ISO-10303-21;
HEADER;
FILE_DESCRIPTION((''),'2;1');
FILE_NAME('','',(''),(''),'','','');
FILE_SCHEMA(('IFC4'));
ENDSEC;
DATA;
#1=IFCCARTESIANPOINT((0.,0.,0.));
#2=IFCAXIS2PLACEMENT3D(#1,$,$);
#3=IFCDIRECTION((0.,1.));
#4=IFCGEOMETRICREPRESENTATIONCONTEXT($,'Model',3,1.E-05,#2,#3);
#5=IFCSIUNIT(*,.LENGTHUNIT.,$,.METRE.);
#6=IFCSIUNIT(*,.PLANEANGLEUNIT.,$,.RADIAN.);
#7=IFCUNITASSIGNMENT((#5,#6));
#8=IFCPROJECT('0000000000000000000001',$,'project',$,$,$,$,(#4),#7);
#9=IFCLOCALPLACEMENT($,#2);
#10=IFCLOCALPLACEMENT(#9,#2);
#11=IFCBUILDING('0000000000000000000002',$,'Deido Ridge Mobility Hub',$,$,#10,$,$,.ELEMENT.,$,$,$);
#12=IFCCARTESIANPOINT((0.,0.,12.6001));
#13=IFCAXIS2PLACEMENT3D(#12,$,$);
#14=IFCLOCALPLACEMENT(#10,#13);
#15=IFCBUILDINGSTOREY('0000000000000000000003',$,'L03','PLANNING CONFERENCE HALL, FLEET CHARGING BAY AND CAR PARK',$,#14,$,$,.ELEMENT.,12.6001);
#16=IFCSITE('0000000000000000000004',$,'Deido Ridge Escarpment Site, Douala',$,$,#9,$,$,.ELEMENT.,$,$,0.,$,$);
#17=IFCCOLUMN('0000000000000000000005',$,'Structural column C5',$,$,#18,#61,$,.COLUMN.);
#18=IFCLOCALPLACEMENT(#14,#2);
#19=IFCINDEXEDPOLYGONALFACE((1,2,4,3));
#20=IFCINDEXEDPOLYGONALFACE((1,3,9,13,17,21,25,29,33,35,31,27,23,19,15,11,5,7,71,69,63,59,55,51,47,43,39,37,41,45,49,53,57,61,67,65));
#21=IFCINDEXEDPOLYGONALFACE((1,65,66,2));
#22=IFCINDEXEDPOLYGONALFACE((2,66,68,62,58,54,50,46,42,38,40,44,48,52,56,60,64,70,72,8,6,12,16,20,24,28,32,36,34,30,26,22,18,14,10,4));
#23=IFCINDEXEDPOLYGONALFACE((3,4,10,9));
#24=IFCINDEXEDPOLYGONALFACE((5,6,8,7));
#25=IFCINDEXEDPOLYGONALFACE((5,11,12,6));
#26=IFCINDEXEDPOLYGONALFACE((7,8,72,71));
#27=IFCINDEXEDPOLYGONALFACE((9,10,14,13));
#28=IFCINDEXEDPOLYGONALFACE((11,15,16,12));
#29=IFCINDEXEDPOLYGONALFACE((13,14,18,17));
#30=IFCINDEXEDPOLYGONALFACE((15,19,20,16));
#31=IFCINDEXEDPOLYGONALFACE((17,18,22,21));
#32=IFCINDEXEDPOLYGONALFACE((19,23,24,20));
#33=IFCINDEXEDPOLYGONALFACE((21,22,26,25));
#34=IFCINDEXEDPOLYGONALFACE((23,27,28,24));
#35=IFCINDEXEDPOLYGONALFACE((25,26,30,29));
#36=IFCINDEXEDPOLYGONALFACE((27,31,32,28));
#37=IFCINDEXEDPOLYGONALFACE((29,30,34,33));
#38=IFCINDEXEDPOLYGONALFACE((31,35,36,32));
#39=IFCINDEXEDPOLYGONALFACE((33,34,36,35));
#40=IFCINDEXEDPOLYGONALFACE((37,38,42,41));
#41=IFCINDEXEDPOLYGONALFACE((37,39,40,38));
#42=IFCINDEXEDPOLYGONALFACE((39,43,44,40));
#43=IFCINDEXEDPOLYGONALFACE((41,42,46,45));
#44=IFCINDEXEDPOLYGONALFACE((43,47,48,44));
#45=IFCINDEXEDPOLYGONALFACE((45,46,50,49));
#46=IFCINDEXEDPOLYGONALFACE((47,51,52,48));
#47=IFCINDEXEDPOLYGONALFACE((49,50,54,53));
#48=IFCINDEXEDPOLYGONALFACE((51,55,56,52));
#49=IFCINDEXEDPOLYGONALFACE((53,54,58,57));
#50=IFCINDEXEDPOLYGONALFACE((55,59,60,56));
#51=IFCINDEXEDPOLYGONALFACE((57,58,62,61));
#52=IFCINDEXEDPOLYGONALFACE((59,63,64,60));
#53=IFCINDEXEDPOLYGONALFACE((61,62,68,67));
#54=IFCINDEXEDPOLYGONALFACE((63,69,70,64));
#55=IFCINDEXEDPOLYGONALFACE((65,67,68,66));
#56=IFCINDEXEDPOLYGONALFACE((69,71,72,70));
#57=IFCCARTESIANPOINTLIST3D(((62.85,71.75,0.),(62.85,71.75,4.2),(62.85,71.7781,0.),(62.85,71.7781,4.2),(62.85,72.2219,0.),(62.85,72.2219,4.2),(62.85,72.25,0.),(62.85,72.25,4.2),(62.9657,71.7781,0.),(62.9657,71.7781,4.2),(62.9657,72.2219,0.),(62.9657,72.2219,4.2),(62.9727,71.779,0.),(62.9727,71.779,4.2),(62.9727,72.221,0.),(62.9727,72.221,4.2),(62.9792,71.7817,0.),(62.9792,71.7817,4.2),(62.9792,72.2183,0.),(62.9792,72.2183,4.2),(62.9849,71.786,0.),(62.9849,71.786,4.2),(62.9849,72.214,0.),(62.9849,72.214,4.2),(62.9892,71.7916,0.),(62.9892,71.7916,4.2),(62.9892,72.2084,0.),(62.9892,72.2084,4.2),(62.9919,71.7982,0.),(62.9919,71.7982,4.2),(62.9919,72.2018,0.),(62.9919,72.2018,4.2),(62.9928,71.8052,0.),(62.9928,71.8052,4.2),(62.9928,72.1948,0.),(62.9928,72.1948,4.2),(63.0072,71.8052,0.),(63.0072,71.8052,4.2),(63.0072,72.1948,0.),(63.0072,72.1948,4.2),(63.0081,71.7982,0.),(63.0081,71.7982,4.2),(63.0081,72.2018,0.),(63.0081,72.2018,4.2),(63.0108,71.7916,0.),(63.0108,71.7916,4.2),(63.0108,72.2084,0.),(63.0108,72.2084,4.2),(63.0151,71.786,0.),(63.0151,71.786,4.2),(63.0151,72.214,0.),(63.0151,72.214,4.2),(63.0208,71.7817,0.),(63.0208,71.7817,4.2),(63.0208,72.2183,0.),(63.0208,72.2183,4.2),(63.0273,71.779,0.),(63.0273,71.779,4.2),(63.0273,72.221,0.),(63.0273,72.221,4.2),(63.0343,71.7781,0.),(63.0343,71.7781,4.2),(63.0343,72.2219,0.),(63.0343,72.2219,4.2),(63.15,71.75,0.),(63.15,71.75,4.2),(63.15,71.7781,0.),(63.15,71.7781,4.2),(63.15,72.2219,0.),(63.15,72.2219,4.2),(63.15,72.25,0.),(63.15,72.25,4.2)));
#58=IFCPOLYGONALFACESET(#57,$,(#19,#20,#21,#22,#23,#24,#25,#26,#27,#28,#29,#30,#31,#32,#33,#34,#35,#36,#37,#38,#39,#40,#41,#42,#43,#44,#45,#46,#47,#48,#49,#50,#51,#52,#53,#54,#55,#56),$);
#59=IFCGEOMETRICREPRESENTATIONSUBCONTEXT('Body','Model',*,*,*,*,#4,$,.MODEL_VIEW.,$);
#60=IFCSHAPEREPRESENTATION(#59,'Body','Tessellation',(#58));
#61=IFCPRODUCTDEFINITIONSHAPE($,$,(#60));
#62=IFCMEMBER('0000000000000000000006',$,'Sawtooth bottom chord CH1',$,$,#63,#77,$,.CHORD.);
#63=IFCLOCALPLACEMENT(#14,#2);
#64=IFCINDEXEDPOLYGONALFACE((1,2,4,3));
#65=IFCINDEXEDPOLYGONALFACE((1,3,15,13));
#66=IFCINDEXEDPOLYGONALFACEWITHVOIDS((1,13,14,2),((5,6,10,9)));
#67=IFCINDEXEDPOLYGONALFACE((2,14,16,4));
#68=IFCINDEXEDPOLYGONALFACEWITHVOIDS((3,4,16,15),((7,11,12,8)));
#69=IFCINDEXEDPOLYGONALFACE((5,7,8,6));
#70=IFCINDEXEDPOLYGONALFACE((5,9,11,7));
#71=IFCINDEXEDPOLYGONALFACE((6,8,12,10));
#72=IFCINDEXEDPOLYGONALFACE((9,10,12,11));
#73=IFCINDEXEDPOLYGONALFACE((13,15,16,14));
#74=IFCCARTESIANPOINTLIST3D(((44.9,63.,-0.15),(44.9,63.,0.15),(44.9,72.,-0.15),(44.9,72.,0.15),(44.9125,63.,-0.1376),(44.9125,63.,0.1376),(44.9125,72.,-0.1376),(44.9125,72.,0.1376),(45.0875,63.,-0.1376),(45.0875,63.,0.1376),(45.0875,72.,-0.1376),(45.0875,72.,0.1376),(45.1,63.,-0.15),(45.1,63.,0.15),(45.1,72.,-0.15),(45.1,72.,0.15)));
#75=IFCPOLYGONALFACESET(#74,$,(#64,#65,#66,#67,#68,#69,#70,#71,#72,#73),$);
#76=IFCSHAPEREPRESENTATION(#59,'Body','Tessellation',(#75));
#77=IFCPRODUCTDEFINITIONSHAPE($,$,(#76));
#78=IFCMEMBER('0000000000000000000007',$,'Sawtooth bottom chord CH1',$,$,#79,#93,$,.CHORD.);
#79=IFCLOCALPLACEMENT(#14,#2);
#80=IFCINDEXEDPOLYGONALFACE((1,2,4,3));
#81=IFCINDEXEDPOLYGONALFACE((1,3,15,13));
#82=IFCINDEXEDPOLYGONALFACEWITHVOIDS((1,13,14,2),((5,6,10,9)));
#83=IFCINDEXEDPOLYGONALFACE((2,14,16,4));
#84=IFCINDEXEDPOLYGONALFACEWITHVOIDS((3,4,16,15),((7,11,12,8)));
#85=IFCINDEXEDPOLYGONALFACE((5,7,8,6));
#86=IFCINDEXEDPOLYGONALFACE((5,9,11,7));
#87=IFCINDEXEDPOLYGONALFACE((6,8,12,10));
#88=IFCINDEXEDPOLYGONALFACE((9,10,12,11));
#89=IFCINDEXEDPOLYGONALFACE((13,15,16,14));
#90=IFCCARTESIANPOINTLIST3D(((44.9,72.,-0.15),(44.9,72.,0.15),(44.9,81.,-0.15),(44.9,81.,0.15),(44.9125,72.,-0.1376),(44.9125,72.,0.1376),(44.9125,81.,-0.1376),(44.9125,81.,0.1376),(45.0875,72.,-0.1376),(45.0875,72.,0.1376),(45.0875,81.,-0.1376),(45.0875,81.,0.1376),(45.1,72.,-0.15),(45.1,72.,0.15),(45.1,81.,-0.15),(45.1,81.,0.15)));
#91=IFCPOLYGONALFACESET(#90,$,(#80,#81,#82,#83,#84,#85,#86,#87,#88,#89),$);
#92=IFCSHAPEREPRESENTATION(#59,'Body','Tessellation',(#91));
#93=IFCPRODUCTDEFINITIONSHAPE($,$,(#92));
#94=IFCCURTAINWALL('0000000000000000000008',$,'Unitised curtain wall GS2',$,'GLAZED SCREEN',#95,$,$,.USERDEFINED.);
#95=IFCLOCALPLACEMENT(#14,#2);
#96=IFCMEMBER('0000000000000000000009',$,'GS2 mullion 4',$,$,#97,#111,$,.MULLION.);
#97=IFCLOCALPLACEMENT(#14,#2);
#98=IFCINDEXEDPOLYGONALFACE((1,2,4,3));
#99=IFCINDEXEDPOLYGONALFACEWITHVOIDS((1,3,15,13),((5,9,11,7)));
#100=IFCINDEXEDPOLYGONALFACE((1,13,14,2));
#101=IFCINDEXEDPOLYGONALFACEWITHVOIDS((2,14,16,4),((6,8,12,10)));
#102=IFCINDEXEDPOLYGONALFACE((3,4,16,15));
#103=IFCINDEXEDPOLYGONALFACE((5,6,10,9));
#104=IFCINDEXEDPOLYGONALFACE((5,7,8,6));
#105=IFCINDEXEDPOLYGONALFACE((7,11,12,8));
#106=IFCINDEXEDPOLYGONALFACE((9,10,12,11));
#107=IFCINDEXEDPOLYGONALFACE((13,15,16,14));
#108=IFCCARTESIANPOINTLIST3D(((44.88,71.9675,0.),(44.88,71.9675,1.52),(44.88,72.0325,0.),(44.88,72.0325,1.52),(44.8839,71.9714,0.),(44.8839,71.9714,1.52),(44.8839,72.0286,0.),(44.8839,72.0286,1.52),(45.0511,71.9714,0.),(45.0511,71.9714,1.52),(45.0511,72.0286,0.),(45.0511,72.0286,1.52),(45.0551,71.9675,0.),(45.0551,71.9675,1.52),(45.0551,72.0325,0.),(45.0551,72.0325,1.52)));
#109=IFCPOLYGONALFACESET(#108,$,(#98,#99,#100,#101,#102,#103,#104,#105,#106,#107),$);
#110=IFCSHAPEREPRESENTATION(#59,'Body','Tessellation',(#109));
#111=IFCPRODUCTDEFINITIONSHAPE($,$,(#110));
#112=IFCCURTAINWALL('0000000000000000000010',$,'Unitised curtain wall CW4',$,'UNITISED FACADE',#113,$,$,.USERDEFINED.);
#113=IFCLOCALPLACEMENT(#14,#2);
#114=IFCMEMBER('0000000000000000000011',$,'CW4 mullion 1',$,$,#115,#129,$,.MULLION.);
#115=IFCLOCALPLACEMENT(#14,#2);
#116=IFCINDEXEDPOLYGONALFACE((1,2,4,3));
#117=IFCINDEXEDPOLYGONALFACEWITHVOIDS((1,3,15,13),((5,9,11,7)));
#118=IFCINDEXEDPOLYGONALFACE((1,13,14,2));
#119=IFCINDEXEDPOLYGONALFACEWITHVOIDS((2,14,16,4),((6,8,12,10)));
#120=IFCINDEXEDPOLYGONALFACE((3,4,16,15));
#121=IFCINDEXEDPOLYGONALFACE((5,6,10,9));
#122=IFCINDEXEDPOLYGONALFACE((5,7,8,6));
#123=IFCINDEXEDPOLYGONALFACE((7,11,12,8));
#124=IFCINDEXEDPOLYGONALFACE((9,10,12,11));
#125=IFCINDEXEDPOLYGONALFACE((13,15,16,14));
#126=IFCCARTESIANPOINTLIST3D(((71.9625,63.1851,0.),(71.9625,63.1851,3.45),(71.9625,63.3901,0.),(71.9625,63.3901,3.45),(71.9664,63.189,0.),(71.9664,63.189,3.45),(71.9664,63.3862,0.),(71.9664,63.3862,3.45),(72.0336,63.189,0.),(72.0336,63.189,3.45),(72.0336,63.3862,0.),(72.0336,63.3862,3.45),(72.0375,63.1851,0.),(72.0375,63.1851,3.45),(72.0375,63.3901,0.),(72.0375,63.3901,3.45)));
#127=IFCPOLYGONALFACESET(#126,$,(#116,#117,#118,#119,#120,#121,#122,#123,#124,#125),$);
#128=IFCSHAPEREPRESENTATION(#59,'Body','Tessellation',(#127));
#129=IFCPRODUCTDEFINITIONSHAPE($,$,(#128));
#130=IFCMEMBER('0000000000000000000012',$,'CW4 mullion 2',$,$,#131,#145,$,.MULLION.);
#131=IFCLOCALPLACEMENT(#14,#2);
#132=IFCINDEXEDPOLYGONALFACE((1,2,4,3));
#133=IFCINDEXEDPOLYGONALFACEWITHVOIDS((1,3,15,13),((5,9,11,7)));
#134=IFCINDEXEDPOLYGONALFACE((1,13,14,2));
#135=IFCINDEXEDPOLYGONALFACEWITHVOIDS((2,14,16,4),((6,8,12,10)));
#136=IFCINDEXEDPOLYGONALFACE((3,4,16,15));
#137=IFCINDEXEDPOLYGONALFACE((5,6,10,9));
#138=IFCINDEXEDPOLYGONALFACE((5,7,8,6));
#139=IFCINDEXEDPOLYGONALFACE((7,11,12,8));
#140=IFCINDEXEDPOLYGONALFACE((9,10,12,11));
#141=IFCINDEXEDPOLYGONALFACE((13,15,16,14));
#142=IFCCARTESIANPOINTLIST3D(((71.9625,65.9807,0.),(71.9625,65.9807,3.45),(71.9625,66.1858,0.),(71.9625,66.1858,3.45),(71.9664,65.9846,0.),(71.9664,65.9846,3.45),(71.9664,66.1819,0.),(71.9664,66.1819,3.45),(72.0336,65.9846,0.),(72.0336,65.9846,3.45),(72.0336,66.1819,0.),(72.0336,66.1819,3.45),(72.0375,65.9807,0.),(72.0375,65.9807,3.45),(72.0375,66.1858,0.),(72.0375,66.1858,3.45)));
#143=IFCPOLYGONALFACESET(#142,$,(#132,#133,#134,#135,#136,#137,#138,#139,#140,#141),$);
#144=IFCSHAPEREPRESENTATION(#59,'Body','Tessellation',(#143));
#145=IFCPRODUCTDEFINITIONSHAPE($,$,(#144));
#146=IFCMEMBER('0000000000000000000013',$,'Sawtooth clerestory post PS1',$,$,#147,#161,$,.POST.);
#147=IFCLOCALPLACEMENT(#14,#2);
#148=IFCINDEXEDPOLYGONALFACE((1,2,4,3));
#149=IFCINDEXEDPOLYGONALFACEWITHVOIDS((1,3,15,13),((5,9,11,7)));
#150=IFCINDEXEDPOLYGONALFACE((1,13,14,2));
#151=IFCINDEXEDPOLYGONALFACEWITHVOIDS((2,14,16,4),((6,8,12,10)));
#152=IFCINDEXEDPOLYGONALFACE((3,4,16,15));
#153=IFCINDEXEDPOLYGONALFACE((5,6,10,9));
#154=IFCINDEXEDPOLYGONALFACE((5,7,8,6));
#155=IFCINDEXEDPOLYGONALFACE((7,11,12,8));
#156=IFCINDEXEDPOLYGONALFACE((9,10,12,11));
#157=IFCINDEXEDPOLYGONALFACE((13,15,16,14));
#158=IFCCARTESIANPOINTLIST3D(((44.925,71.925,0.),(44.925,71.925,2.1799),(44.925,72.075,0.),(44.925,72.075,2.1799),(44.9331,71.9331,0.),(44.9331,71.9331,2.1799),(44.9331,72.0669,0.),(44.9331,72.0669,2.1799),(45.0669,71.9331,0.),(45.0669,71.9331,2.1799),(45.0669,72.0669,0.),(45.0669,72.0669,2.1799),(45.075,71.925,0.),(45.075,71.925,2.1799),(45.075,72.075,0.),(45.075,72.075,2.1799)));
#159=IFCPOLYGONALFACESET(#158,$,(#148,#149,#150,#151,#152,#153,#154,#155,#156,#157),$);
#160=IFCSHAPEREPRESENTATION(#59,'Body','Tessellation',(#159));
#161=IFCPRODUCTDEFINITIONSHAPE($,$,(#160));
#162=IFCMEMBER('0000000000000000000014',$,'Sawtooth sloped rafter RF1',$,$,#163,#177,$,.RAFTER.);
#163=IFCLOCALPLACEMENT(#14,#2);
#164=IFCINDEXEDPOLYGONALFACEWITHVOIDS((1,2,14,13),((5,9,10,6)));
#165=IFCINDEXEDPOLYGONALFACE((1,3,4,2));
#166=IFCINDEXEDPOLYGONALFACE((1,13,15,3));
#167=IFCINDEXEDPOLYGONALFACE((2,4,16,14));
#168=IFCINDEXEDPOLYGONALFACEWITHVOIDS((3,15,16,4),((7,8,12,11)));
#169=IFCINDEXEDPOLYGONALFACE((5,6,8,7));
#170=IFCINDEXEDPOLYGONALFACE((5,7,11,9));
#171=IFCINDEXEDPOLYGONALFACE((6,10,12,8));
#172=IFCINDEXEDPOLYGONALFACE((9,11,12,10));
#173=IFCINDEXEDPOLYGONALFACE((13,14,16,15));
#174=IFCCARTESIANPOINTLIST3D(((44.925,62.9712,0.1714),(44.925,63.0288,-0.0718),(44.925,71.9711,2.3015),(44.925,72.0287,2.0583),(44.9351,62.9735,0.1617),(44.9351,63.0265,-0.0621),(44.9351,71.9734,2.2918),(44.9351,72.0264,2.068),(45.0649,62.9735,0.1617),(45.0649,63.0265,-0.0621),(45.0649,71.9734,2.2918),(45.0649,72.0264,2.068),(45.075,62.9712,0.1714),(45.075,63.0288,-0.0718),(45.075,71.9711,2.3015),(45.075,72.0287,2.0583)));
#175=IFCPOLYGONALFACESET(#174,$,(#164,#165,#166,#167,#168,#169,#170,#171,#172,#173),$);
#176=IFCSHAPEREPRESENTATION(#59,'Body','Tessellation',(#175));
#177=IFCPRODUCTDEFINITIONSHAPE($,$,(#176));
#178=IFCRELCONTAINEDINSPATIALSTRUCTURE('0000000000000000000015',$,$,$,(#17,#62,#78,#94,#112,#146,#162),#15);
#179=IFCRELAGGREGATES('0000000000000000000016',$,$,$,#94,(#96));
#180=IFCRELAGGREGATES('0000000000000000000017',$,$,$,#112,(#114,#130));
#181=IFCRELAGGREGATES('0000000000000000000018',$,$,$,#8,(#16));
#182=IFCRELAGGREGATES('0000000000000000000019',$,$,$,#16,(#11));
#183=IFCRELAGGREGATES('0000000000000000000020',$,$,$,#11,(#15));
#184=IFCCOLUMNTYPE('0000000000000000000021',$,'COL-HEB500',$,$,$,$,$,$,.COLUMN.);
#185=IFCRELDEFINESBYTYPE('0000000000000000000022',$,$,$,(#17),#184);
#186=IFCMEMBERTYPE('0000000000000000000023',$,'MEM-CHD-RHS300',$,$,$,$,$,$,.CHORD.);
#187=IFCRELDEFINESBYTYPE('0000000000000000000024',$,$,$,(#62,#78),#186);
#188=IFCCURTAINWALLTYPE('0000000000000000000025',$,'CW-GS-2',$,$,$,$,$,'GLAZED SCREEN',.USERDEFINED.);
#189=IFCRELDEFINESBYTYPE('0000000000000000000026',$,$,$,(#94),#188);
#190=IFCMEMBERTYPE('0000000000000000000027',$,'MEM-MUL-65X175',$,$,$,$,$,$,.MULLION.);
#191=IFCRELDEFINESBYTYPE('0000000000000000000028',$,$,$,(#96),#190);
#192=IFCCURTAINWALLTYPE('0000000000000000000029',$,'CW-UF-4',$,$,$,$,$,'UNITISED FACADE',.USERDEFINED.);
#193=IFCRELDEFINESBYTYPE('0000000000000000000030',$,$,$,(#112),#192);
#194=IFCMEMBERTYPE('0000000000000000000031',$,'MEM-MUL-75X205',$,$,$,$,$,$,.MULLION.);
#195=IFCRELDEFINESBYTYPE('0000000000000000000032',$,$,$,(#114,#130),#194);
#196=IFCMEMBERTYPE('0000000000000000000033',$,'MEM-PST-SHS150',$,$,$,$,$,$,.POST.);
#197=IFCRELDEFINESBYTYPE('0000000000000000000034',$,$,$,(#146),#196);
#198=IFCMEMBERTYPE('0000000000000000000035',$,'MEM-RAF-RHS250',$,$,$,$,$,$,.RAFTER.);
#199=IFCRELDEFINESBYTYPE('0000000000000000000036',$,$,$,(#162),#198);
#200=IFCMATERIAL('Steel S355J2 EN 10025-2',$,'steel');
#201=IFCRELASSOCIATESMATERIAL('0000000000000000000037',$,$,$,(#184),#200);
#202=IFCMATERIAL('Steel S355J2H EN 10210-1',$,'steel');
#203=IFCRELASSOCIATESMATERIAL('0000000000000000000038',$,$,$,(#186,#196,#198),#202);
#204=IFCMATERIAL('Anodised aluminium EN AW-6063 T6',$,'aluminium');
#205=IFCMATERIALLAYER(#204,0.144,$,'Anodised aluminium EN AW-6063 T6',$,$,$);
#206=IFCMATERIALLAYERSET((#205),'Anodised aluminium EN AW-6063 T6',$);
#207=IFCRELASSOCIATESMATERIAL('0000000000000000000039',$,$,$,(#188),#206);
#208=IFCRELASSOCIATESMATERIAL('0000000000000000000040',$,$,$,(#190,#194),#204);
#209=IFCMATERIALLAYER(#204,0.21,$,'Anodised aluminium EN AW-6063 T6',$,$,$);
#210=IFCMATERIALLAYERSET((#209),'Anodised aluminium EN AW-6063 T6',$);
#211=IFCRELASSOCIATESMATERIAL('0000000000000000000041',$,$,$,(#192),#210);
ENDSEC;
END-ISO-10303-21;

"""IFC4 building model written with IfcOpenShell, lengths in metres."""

from ifc_helpers import new_model, si_unit, direction, frame, origin, origin_2d, place, context, subcontext, project, spatial, hollow_rectangle, i_section, extrude, material, layer, layer_set, material_profile, profile_set, type_object, element, aggregate, save


model = new_model("IFC4")

# Units and contexts
model_context = context("Model", 3, precision=1e-05, world=origin(), true_north=direction((0.0, 1.0)))
body_context = subcontext(model_context, "Body", "Model", "MODEL_VIEW")
ifc_project = project(units=[si_unit("LENGTHUNIT", "METRE"), si_unit("PLANEANGLEUNIT", "RADIAN")], contexts=[model_context])

# Site, building, storey
site_placement = place(None, origin())
site = spatial("IfcSite", under=ifc_project, at=site_placement, Name="Deido Ridge Escarpment Site, Douala", CompositionType="ELEMENT", RefElevation=0.0)
building_placement = place(site_placement, origin())
building = spatial("IfcBuilding", under=site, at=building_placement, Name="Deido Ridge Mobility Hub", CompositionType="ELEMENT")
storey_placement = place(building_placement, frame((0.0, 0.0, 12.6001)))
storey = spatial("IfcBuildingStorey", under=building, at=storey_placement, Name="L03", Description="PLANNING CONFERENCE HALL, FLEET CHARGING BAY AND CAR PARK", CompositionType="ELEMENT", Elevation=12.6001)

# Column
ifc_material_1 = material(Name="Steel S355J2 EN 10025-2", Category="steel")
ifc_material_profile_1 = material_profile(ifc_material_1, i_section(OverallWidth=0.3, OverallDepth=0.5, WebThickness=0.0144, FlangeThickness=0.0281, FilletRadius=0.0271, at=origin_2d()), Name="HEB 500")
ifc_profile_set_1 = profile_set([ifc_material_profile_1], Name="Steel S355J2 EN 10025-2")
column_type = type_object("IfcColumnType", Name="COL-HEB500", PredefinedType="COLUMN", material=ifc_profile_set_1)
for number, where, z_axis, x_axis, name in (
    (1, (63.0, 72.0, 0.0), (0.0, 0.0, 1.0), (1.0, 0.0, 0.0), "Structural column C5"),
):
    element("IfcColumn", number, at=place(storey_placement, frame(where, z_axis=z_axis, x_axis=x_axis)), inside=storey, type_object=column_type, Name=name, PredefinedType="COLUMN", context=body_context, shape_type="SweptSolid", body=[
        extrude(i_section(OverallWidth=0.3, OverallDepth=0.5, WebThickness=0.0144, FlangeThickness=0.0281, FilletRadius=0.0271, at=origin_2d()), origin(), (0.0, 0.0, 1.0), 4.2),
    ])

# Members
ifc_material_2 = material(Name="Steel S355J2H EN 10210-1", Category="steel")
ifc_material_profile_2 = material_profile(ifc_material_2, hollow_rectangle(XDim=0.2, YDim=0.3, WallThickness=0.0125, at=origin_2d()), Name="RHS 300x200x12.5")
ifc_profile_set_2 = profile_set([ifc_material_profile_2], Name="Steel S355J2H EN 10210-1")
member_type_1 = type_object("IfcMemberType", Name="MEM-CHD-RHS300", PredefinedType="CHORD", material=ifc_profile_set_2)
for number, where, z_axis, x_axis, name in (
    (2, (45.0, 63.0, 0.0), (0.0, 1.0, 0.0), (-1.0, 0.0, 0.0), "Sawtooth bottom chord CH1"),
    (3, (45.0, 72.0, 0.0), (0.0, 1.0, 0.0), (-1.0, 0.0, 0.0), "Sawtooth bottom chord CH1"),
):
    element("IfcMember", number, at=place(storey_placement, frame(where, z_axis=z_axis, x_axis=x_axis)), inside=storey, type_object=member_type_1, Name=name, PredefinedType="CHORD", context=body_context, shape_type="SweptSolid", body=[
        extrude(hollow_rectangle(XDim=0.2, YDim=0.3, WallThickness=0.0125, at=origin_2d()), origin(), (0.0, 0.0, 1.0), 9.0),
    ])

# Curtain wall, member
ifc_material_3 = material(Name="Anodised aluminium EN AW-6063 T6", Category="aluminium")
ifc_layer_1 = layer(ifc_material_3, 0.144, Name="Anodised aluminium EN AW-6063 T6")
ifc_layer_set_1 = layer_set([ifc_layer_1], Name="Anodised aluminium EN AW-6063 T6")
curtain_wall_type_1 = type_object("IfcCurtainWallType", Name="CW-GS-2", ElementType="GLAZED SCREEN", PredefinedType="USERDEFINED", material=ifc_layer_set_1)
curtain_wall_1_placement = place(storey_placement, origin())
curtain_wall_1 = element("IfcCurtainWall", 4, at=curtain_wall_1_placement, inside=storey, type_object=curtain_wall_type_1, Name="Unitised curtain wall GS2", ObjectType="GLAZED SCREEN", PredefinedType="USERDEFINED")
ifc_material_profile_3 = material_profile(ifc_material_3, hollow_rectangle(XDim=0.0649, YDim=0.175, WallThickness=0.0039, at=origin_2d()), Name="RHS 65x175x4")
ifc_profile_set_3 = profile_set([ifc_material_profile_3], Name="Anodised aluminium EN AW-6063 T6")
member_type_2 = type_object("IfcMemberType", Name="MEM-MUL-65X175", PredefinedType="MULLION", material=ifc_profile_set_3)
member_1_placement = place(storey_placement, frame((44.9675, 72.0, 0.0), z_axis=(0.0, 0.0, 1.0), x_axis=(0.0, 1.0, 0.0)))
member_1 = element("IfcMember", 5, at=member_1_placement, type_object=member_type_2, Name="GS2 mullion 4", PredefinedType="MULLION", context=body_context, shape_type="SweptSolid", body=[
    extrude(hollow_rectangle(XDim=0.0649, YDim=0.175, WallThickness=0.0039, at=origin_2d()), origin(), (0.0, 0.0, 1.0), 1.52),
])
aggregate(curtain_wall_1, [member_1])

# Curtain wall, members
ifc_layer_2 = layer(ifc_material_3, 0.21, Name="Anodised aluminium EN AW-6063 T6")
ifc_layer_set_2 = layer_set([ifc_layer_2], Name="Anodised aluminium EN AW-6063 T6")
curtain_wall_type_2 = type_object("IfcCurtainWallType", Name="CW-UF-4", ElementType="UNITISED FACADE", PredefinedType="USERDEFINED", material=ifc_layer_set_2)
curtain_wall_2_placement = place(storey_placement, origin())
curtain_wall_2 = element("IfcCurtainWall", 6, at=curtain_wall_2_placement, inside=storey, type_object=curtain_wall_type_2, Name="Unitised curtain wall CW4", ObjectType="UNITISED FACADE", PredefinedType="USERDEFINED")
ifc_material_profile_4 = material_profile(ifc_material_3, hollow_rectangle(XDim=0.075, YDim=0.2051, WallThickness=0.0039, at=origin_2d()), Name="RHS 75x205x4")
ifc_profile_set_4 = profile_set([ifc_material_profile_4], Name="Anodised aluminium EN AW-6063 T6")
member_type_3 = type_object("IfcMemberType", Name="MEM-MUL-75X205", PredefinedType="MULLION", material=ifc_profile_set_4)
member_2_placement = place(storey_placement, frame((72.0, 63.2876, 0.0), z_axis=(0.0, 0.0, 1.0), x_axis=(-1.0, 0.0, 0.0)))
member_2 = element("IfcMember", 7, at=member_2_placement, type_object=member_type_3, Name="CW4 mullion 1", PredefinedType="MULLION", context=body_context, shape_type="SweptSolid", body=[
    extrude(hollow_rectangle(XDim=0.075, YDim=0.2051, WallThickness=0.0039, at=origin_2d()), origin(), (0.0, 0.0, 1.0), 3.45),
])
member_3_placement = place(storey_placement, frame((72.0, 66.0833, 0.0), z_axis=(0.0, 0.0, 1.0), x_axis=(-1.0, 0.0, 0.0)))
member_3 = element("IfcMember", 8, at=member_3_placement, type_object=member_type_3, Name="CW4 mullion 2", PredefinedType="MULLION", context=body_context, shape_type="SweptSolid", body=[
    extrude(hollow_rectangle(XDim=0.075, YDim=0.2051, WallThickness=0.0039, at=origin_2d()), origin(), (0.0, 0.0, 1.0), 3.45),
])

# Members
ifc_material_profile_5 = material_profile(ifc_material_2, hollow_rectangle(XDim=0.1499, YDim=0.1499, WallThickness=0.0081, at=origin_2d()), Name="SHS 150x150x8")
ifc_profile_set_5 = profile_set([ifc_material_profile_5], Name="Steel S355J2H EN 10210-1")
member_type_4 = type_object("IfcMemberType", Name="MEM-PST-SHS150", PredefinedType="POST", material=ifc_profile_set_5)
member_4_placement = place(storey_placement, frame((45.0, 72.0, 0.0), z_axis=(0.0, 0.0, 1.0), x_axis=(1.0, 0.0, 0.0)))
element("IfcMember", 9, at=member_4_placement, inside=storey, type_object=member_type_4, Name="Sawtooth clerestory post PS1", PredefinedType="POST", context=body_context, shape_type="SweptSolid", body=[
    extrude(hollow_rectangle(XDim=0.1499, YDim=0.1499, WallThickness=0.0081, at=origin_2d()), origin(), (0.0, 0.0, 1.0), 2.1799),
])
ifc_material_profile_6 = material_profile(ifc_material_2, hollow_rectangle(XDim=0.1499, YDim=0.25, WallThickness=0.01, at=origin_2d()), Name="RHS 250x150x10")
ifc_profile_set_6 = profile_set([ifc_material_profile_6], Name="Steel S355J2H EN 10210-1")
member_type_5 = type_object("IfcMemberType", Name="MEM-RAF-RHS250", PredefinedType="RAFTER", material=ifc_profile_set_6)
member_5_placement = place(storey_placement, frame((45.0, 63.0, 0.0498), z_axis=(0.0, 0.973115, 0.230318), x_axis=(-1.0, 0.0, 0.0)))
element("IfcMember", 10, at=member_5_placement, inside=storey, type_object=member_type_5, Name="Sawtooth sloped rafter RF1", PredefinedType="RAFTER", context=body_context, shape_type="SweptSolid", body=[
    extrude(hollow_rectangle(XDim=0.1499, YDim=0.25, WallThickness=0.01, at=origin_2d()), origin(), (0.0, 0.0, 1.0), 9.2485),
])

aggregate(curtain_wall_2, [member_2, member_3])

save(model, "model.ifc")
